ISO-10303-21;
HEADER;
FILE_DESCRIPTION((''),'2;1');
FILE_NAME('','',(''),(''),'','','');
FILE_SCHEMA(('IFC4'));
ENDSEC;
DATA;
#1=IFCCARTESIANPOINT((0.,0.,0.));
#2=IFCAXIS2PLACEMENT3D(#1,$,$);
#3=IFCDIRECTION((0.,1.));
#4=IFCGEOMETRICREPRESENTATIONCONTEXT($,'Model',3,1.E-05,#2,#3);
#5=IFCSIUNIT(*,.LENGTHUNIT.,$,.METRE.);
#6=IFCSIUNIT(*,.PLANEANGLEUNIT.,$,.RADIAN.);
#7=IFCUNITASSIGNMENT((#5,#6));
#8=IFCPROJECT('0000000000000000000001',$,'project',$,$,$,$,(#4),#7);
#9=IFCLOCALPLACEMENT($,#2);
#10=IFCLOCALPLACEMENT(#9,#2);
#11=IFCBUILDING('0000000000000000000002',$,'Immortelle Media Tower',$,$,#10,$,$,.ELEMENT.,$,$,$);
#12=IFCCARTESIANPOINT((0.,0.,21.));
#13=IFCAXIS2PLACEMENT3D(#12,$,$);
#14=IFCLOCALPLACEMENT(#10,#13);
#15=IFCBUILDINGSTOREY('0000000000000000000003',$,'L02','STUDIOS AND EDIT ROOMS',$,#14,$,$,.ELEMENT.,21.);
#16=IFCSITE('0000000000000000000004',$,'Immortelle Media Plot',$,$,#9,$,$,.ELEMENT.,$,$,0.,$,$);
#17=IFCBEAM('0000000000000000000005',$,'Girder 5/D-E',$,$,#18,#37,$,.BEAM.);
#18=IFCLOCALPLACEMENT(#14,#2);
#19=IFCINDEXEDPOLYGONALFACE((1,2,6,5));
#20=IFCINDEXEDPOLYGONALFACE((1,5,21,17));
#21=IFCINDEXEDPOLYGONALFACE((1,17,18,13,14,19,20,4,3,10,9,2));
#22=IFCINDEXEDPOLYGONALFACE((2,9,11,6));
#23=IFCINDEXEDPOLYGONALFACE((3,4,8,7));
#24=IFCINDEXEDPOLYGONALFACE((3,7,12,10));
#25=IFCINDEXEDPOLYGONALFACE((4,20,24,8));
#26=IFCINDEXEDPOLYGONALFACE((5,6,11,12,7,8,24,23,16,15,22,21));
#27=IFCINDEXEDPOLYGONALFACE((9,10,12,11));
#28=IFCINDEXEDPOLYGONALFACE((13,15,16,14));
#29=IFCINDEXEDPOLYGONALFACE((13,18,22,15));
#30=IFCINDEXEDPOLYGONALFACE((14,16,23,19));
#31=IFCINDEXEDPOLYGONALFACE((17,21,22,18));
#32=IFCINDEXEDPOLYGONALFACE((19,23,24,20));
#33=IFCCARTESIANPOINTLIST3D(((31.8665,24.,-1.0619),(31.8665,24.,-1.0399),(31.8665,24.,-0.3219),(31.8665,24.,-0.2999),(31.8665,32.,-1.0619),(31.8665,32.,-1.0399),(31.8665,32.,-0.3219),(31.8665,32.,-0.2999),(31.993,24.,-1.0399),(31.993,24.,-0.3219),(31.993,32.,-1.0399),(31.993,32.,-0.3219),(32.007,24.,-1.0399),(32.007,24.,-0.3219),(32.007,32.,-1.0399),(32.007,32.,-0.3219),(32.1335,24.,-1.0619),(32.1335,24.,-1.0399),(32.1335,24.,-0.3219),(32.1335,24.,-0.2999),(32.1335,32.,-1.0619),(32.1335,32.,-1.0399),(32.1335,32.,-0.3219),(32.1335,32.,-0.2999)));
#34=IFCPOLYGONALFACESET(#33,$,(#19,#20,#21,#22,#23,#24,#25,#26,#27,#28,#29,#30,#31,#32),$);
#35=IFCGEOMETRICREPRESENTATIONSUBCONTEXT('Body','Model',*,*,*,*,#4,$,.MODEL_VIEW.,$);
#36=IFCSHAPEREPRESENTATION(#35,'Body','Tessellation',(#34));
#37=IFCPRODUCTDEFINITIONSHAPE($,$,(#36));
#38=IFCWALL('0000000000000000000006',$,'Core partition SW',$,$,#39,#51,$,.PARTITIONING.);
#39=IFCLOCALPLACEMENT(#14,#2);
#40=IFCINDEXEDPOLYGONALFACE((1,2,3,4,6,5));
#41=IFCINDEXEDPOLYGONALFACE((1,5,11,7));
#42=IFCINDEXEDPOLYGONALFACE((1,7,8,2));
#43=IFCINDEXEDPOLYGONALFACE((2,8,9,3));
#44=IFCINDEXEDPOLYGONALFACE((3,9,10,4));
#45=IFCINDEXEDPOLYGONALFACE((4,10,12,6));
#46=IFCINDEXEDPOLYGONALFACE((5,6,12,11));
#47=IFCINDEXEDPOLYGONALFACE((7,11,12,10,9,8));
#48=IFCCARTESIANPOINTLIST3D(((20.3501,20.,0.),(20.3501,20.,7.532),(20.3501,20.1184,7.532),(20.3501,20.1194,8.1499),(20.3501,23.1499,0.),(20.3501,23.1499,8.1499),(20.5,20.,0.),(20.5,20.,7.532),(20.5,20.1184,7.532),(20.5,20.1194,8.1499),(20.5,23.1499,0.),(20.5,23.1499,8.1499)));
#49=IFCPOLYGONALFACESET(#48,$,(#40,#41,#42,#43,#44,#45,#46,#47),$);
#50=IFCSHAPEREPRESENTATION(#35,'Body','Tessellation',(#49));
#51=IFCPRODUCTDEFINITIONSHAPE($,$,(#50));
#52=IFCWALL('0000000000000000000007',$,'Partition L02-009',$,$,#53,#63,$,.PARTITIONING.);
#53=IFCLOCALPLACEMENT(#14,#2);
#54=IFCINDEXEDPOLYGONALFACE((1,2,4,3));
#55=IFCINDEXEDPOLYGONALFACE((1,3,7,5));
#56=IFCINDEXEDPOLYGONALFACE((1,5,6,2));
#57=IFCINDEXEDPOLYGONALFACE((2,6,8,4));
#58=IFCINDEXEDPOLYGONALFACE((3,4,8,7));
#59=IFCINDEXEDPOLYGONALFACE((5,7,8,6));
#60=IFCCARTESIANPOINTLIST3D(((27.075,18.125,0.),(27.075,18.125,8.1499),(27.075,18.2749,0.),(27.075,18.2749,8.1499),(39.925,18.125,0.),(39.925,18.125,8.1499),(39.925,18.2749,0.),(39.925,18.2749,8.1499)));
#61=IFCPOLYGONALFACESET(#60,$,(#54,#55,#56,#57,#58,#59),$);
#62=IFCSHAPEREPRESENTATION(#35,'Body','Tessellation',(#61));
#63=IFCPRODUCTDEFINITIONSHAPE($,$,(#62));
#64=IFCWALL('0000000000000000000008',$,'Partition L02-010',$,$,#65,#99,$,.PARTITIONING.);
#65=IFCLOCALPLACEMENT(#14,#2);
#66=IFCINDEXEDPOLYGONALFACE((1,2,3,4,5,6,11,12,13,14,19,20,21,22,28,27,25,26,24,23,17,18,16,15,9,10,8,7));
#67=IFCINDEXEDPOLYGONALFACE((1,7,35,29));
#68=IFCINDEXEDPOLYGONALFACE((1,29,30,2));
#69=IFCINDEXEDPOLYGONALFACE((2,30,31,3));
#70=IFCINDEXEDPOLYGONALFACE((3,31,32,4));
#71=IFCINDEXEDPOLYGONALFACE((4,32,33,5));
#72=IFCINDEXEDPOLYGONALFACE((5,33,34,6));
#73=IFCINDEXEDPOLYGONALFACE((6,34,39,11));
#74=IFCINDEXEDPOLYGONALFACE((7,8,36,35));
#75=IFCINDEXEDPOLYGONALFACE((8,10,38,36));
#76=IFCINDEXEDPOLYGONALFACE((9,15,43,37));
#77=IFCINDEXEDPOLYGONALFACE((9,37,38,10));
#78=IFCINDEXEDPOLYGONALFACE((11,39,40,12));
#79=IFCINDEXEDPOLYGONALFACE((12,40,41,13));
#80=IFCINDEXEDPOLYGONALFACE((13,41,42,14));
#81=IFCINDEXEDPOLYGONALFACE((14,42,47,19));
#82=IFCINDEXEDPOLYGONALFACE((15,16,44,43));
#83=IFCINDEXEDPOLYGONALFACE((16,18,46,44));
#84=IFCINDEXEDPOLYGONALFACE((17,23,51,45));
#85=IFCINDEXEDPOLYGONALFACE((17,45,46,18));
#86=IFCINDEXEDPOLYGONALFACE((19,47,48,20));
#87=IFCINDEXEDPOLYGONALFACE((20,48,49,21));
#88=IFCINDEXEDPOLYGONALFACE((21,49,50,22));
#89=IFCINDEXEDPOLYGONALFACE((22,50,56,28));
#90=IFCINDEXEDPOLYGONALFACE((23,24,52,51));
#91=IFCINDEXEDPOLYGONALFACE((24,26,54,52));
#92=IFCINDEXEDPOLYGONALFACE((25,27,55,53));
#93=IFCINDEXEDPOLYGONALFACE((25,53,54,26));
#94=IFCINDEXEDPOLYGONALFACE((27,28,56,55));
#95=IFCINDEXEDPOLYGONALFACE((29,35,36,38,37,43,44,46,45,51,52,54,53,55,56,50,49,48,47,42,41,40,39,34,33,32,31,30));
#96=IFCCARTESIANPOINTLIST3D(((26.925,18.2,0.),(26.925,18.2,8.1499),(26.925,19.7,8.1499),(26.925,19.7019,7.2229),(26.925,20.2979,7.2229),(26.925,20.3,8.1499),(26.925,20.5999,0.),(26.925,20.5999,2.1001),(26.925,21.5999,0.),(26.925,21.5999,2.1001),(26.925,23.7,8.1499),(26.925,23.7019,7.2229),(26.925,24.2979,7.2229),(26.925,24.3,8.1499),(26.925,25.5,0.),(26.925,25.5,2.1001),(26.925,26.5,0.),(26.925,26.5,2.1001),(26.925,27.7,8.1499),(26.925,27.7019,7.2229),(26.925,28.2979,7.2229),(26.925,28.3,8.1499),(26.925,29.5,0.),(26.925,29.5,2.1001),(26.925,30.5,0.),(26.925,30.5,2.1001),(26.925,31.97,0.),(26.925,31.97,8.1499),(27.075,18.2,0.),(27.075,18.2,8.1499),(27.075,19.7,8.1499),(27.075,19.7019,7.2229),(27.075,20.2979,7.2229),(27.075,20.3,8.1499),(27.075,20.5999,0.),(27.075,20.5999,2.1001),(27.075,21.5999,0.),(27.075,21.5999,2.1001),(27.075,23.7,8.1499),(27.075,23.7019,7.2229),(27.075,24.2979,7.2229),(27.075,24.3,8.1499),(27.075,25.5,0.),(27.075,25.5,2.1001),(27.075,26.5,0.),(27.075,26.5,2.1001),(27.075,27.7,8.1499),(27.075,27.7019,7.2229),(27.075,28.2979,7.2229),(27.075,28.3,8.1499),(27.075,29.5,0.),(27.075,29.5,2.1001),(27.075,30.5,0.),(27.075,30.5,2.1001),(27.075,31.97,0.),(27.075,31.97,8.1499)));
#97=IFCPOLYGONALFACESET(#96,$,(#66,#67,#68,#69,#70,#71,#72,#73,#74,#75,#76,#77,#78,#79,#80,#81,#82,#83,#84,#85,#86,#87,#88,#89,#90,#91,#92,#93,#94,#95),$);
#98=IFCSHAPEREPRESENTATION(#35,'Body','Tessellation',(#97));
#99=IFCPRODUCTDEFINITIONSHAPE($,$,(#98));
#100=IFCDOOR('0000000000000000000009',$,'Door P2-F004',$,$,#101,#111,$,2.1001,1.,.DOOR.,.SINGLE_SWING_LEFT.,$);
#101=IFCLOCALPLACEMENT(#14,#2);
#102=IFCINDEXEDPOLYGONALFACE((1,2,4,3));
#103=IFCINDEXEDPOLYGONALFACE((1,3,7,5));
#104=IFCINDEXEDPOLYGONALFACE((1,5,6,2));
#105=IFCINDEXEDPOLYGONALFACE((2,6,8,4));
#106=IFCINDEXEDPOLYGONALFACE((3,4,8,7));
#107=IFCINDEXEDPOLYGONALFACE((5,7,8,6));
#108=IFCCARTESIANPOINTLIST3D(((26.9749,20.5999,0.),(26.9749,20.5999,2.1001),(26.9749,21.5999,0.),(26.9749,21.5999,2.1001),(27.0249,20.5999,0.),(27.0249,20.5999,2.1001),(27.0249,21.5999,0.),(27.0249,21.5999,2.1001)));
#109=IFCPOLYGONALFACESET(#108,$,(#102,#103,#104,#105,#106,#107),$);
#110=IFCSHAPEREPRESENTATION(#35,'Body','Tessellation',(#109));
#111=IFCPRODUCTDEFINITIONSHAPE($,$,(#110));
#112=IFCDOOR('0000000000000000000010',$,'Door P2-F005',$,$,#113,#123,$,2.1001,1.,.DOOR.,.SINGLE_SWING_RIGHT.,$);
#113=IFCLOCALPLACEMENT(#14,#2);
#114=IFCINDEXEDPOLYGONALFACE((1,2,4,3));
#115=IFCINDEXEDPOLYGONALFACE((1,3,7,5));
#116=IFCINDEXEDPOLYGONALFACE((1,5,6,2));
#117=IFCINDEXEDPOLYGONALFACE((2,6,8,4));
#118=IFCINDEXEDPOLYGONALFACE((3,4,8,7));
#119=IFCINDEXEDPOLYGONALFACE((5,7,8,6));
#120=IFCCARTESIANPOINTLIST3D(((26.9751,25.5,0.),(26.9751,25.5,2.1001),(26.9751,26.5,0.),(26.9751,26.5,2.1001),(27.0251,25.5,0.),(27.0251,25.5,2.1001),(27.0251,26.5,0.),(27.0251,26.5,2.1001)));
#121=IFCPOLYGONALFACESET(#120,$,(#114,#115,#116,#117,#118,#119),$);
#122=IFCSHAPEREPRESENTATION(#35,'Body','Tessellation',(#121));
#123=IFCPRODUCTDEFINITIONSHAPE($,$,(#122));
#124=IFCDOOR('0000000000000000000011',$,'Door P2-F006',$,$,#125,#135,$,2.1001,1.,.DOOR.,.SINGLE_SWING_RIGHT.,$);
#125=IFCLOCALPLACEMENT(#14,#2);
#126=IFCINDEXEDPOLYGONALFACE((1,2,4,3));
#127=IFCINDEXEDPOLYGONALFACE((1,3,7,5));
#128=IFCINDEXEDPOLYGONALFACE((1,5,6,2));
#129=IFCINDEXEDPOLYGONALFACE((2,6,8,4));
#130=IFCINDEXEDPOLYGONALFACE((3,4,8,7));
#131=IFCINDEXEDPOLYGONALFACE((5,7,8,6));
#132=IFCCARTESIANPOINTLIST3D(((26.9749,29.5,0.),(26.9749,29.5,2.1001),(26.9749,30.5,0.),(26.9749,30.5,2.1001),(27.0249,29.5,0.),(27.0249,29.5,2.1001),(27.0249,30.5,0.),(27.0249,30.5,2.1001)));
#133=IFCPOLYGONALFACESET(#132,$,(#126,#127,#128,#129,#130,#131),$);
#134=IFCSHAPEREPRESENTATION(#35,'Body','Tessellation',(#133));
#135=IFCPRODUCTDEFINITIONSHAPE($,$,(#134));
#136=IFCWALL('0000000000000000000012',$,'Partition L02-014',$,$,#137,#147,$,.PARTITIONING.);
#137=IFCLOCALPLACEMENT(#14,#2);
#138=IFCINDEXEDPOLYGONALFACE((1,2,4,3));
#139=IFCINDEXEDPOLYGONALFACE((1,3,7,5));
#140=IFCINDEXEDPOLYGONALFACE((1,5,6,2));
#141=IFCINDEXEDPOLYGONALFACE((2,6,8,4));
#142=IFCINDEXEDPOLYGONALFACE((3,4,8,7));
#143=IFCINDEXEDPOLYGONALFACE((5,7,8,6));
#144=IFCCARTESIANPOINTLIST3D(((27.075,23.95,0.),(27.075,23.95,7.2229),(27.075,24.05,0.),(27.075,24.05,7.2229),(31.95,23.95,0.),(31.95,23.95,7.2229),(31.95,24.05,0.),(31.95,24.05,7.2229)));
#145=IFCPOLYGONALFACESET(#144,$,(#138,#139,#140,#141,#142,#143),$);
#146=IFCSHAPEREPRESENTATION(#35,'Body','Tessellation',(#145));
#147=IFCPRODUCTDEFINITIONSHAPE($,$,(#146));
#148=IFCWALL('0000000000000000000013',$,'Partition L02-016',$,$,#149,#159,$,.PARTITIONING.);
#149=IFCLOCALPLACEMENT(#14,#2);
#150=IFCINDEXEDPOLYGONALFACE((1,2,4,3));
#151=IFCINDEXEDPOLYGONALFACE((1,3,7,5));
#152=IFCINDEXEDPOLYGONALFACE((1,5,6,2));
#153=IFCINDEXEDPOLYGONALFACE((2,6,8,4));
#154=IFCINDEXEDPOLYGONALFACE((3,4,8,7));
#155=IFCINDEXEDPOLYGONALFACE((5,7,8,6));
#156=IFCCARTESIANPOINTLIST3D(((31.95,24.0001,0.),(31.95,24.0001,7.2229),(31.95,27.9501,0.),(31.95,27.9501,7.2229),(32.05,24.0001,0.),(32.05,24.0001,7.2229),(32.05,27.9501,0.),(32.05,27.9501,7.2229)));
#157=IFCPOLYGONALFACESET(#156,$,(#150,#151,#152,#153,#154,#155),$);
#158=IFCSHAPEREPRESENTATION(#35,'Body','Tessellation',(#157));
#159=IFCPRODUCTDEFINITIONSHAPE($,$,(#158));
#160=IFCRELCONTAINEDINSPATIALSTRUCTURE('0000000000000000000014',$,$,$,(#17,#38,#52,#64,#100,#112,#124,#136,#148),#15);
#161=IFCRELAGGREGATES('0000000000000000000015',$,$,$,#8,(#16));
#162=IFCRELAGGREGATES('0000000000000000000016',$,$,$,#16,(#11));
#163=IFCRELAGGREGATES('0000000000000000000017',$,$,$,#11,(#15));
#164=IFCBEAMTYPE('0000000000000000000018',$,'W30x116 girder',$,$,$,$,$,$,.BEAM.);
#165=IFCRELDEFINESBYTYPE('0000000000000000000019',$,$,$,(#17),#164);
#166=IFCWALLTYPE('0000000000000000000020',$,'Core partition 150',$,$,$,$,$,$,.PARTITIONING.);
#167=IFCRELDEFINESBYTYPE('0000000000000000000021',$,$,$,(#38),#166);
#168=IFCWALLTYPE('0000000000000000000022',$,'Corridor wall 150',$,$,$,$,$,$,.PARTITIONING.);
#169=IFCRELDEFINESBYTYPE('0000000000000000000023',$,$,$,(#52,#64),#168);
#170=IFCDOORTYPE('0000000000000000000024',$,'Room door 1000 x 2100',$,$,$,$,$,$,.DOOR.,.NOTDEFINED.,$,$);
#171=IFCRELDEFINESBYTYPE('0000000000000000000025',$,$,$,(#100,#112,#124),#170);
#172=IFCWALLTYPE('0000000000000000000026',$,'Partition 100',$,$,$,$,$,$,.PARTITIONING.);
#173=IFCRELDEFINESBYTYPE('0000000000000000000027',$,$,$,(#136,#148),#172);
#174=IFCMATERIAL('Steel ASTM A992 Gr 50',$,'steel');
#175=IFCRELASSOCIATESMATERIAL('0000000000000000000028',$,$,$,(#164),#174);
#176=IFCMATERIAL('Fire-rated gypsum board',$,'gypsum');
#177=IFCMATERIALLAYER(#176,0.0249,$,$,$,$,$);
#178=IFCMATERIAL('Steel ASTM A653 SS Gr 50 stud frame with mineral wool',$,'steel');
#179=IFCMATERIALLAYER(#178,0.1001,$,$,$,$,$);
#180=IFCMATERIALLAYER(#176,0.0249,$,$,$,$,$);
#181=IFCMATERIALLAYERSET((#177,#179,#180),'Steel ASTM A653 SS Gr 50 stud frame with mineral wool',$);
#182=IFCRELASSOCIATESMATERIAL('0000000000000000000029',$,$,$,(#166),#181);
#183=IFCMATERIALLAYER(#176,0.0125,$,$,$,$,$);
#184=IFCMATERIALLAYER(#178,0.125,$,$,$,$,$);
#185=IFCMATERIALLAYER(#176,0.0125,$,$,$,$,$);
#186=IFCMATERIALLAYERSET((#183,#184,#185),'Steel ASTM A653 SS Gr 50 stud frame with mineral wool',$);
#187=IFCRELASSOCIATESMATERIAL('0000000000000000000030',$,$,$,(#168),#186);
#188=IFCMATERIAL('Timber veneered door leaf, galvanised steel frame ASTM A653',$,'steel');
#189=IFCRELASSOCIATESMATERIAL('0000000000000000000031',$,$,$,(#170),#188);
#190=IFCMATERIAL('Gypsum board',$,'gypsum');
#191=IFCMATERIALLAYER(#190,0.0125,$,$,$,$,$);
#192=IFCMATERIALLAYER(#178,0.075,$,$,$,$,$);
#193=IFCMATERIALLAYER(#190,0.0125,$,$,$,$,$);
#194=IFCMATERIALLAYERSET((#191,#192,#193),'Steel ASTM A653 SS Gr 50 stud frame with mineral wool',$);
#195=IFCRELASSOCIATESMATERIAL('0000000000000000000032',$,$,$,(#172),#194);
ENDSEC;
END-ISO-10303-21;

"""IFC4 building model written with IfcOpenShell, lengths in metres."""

from ifc_helpers import new_model, si_unit, direction, frame, frame_2d, origin, origin_2d, place, context, subcontext, project, spatial, polyline, rectangle, i_section, outline, extrude, material, layer, layer_set, material_profile, profile_set, type_object, element, fill, save


model = new_model("IFC4")

# Units and contexts
model_context = context("Model", 3, precision=1e-05, world=origin(), true_north=direction((0.0, 1.0)))
body_context = subcontext(model_context, "Body", "Model", "MODEL_VIEW")
ifc_project = project(units=[si_unit("LENGTHUNIT", "METRE"), si_unit("PLANEANGLEUNIT", "RADIAN")], contexts=[model_context])

# Site, building, storey
site_placement = place(None, origin())
site = spatial("IfcSite", under=ifc_project, at=site_placement, Name="Immortelle Media Plot", CompositionType="ELEMENT", RefElevation=0.0)
building_placement = place(site_placement, origin())
building = spatial("IfcBuilding", under=site, at=building_placement, Name="Immortelle Media Tower", CompositionType="ELEMENT")
storey_placement = place(building_placement, frame((0.0, 0.0, 21.0)))
storey = spatial("IfcBuildingStorey", under=building, at=storey_placement, Name="L02", Description="STUDIOS AND EDIT ROOMS", CompositionType="ELEMENT", Elevation=21.0)

# Shared definitions
ifc_material_1 = material(Name="Steel ASTM A992 Gr 50", Category="steel")

# Beam
ifc_material_profile_1 = material_profile(ifc_material_1, i_section(OverallWidth=0.2671, OverallDepth=0.762, WebThickness=0.0139, FlangeThickness=0.022, at=origin_2d()), Name="W30x116")
ifc_profile_set_1 = profile_set([ifc_material_profile_1], Name="Steel ASTM A992 Gr 50")
beam_type_1 = type_object("IfcBeamType", Name="W30x116 girder", PredefinedType="BEAM", material=ifc_profile_set_1)
for number, where, z_axis, x_axis, name in (
    (1, (32.0, 24.0, -0.6809), (0.0, 1.0, 0.0), (-1.0, 0.0, 0.0), "Girder 5/D-E"),
):
    element("IfcBeam", number, at=place(storey_placement, frame(where, z_axis=z_axis, x_axis=x_axis)), inside=storey, type_object=beam_type_1, Name=name, PredefinedType="BEAM", context=body_context, shape_type="SweptSolid", body=[
        extrude(i_section(OverallWidth=0.2671, OverallDepth=0.762, WebThickness=0.0139, FlangeThickness=0.022, at=origin_2d()), origin(), (0.0, 0.0, 1.0), 8.0),
    ])

# Walls
ifc_material_2 = material(Name="Fire-rated gypsum board", Category="gypsum")
ifc_layer_1 = layer(ifc_material_2, 0.0249)
ifc_material_3 = material(Name="Steel ASTM A653 SS Gr 50 stud frame with mineral wool", Category="steel")
ifc_layer_2 = layer(ifc_material_3, 0.1001)
ifc_layer_3 = layer(ifc_material_2, 0.0249)
ifc_layer_set_1 = layer_set([ifc_layer_1, ifc_layer_2, ifc_layer_3], Name="Steel ASTM A653 SS Gr 50 stud frame with mineral wool")
wall_type_1 = type_object("IfcWallType", Name="Core partition 150", PredefinedType="PARTITIONING", material=ifc_layer_set_1)
wall_1_placement = place(storey_placement, frame((20.425, 20.0, 0.0), z_axis=(0.0, 0.0, 1.0), x_axis=(0.0, 1.0, 0.0)))
element("IfcWall", 2, at=wall_1_placement, inside=storey, type_object=wall_type_1, Name="Core partition SW", PredefinedType="PARTITIONING", context=body_context, shape_type="SweptSolid", body=[
    extrude(outline(polyline([(0.0, 0.0), (3.1499, 0.0), (3.1499, 8.1499), (0.1194, 8.1499), (0.1184, 7.532), (0.0, 7.532), (0.0, 0.0)])), frame((0.0, 0.075, 0.0), z_axis=(0.0, -1.0, 0.0), x_axis=(1.0, 0.0, 0.0)), (0.0, 0.0, 1.0), 0.1499),
])
ifc_layer_4 = layer(ifc_material_2, 0.0125)
ifc_layer_5 = layer(ifc_material_3, 0.125)
ifc_layer_6 = layer(ifc_material_2, 0.0125)
ifc_layer_set_2 = layer_set([ifc_layer_4, ifc_layer_5, ifc_layer_6], Name="Steel ASTM A653 SS Gr 50 stud frame with mineral wool")
wall_type_2 = type_object("IfcWallType", Name="Corridor wall 150", PredefinedType="PARTITIONING", material=ifc_layer_set_2)
wall_2_placement = place(storey_placement, frame((27.075, 18.2, 0.0), z_axis=(0.0, 0.0, 1.0), x_axis=(1.0, 0.0, 0.0)))
element("IfcWall", 3, at=wall_2_placement, inside=storey, type_object=wall_type_2, Name="Partition L02-009", PredefinedType="PARTITIONING", context=body_context, shape_type="SweptSolid", body=[
    extrude(rectangle(XDim=12.8501, YDim=0.1499, at=frame_2d((6.425, 0.0))), origin(), (0.0, 0.0, 1.0), 8.1499),
])

# Wall, openings, doors
wall_3_placement = place(storey_placement, frame((27.0, 18.2, 0.0), z_axis=(0.0, 0.0, 1.0), x_axis=(0.0, 1.0, 0.0)))
wall_3 = element("IfcWall", 4, at=wall_3_placement, inside=storey, type_object=wall_type_2, Name="Partition L02-010", PredefinedType="PARTITIONING", context=body_context, shape_type="SweptSolid", body=[
    extrude(outline(polyline([(0.0, 0.0), (13.77, 0.0), (13.77, 8.1499), (10.1001, 8.1499), (10.0979, 7.2229), (9.502, 7.2229), (9.5, 8.1499), (6.1001, 8.1499), (6.0979, 7.2229), (5.502, 7.2229), (5.5, 8.1499), (2.1001, 8.1499), (2.0979, 7.2229), (1.502, 7.2229), (1.5, 8.1499), (0.0, 8.1499), (0.0, 0.0)])), frame((0.0, 0.075, 0.0), z_axis=(0.0, -1.0, 0.0), x_axis=(1.0, 0.0, 0.0)), (0.0, 0.0, 1.0), 0.1499),
])
opening_1_placement = place(wall_3_placement, frame((3.3999, 0.0, 0.0), z_axis=(0.0, 0.0, 1.0), x_axis=(-1.0, 0.0, 0.0)))
opening_1 = element("IfcOpeningElement", 5, at=opening_1_placement, cuts=wall_3, PredefinedType="OPENING", context=body_context, shape_type="SweptSolid", body=[
    extrude(rectangle(XDim=1.0, YDim=2.1001, at=frame_2d((0.5, 1.05))), frame((0.0, 0.085, 0.0), z_axis=(0.0, -1.0, 0.0), x_axis=(1.0, 0.0, 0.0)), (0.0, 0.0, 1.0), 0.1699),
])
opening_2_placement = place(wall_3_placement, frame((7.3, 0.0, 0.0)))
opening_2 = element("IfcOpeningElement", 6, at=opening_2_placement, cuts=wall_3, PredefinedType="OPENING", context=body_context, shape_type="SweptSolid", body=[
    extrude(rectangle(XDim=1.0, YDim=2.1001, at=frame_2d((0.5, 1.05))), frame((0.0, 0.085, 0.0), z_axis=(0.0, -1.0, 0.0), x_axis=(1.0, 0.0, 0.0)), (0.0, 0.0, 1.0), 0.1699),
])
opening_3_placement = place(wall_3_placement, frame((12.3, 0.0, 0.0), z_axis=(0.0, 0.0, 1.0), x_axis=(-1.0, 0.0, 0.0)))
opening_3 = element("IfcOpeningElement", 7, at=opening_3_placement, cuts=wall_3, PredefinedType="OPENING", context=body_context, shape_type="SweptSolid", body=[
    extrude(rectangle(XDim=1.0, YDim=2.1001, at=frame_2d((0.5, 1.05))), frame((0.0, 0.085, 0.0), z_axis=(0.0, -1.0, 0.0), x_axis=(1.0, 0.0, 0.0)), (0.0, 0.0, 1.0), 0.1699),
])
ifc_material_4 = material(Name="Timber veneered door leaf, galvanised steel frame ASTM A653", Category="steel")
door_type = type_object("IfcDoorType", Name="Room door 1000 x 2100", OperationType="NOTDEFINED", PredefinedType="DOOR", material=ifc_material_4)
door_1_placement = place(opening_1_placement, origin())
door_1 = element("IfcDoor", 8, at=door_1_placement, inside=storey, type_object=door_type, Name="Door P2-F004", OperationType="SINGLE_SWING_LEFT", OverallHeight=2.1001, OverallWidth=1.0, PredefinedType="DOOR", context=body_context, shape_type="SweptSolid", body=[
    extrude(rectangle(XDim=1.0, YDim=2.1001, at=frame_2d((0.5, 1.05))), frame((0.0, 0.0249, 0.0), z_axis=(0.0, -1.0, 0.0), x_axis=(1.0, 0.0, 0.0)), (0.0, 0.0, 1.0), 0.05),
])
fill(opening_1, door_1)
door_2_placement = place(opening_2_placement, origin())
door_2 = element("IfcDoor", 9, at=door_2_placement, inside=storey, type_object=door_type, Name="Door P2-F005", OperationType="SINGLE_SWING_RIGHT", OverallHeight=2.1001, OverallWidth=1.0, PredefinedType="DOOR", context=body_context, shape_type="SweptSolid", body=[
    extrude(rectangle(XDim=1.0, YDim=2.1001, at=frame_2d((0.5, 1.05))), frame((0.0, 0.0249, 0.0), z_axis=(0.0, -1.0, 0.0), x_axis=(1.0, 0.0, 0.0)), (0.0, 0.0, 1.0), 0.05),
])
fill(opening_2, door_2)
door_3_placement = place(opening_3_placement, origin())
door_3 = element("IfcDoor", 10, at=door_3_placement, inside=storey, type_object=door_type, Name="Door P2-F006", OperationType="SINGLE_SWING_RIGHT", OverallHeight=2.1001, OverallWidth=1.0, PredefinedType="DOOR", context=body_context, shape_type="SweptSolid", body=[
    extrude(rectangle(XDim=1.0, YDim=2.1001, at=frame_2d((0.5, 1.05))), frame((0.0, 0.0249, 0.0), z_axis=(0.0, -1.0, 0.0), x_axis=(1.0, 0.0, 0.0)), (0.0, 0.0, 1.0), 0.05),
])
fill(opening_3, door_3)

# Walls
ifc_material_5 = material(Name="Gypsum board", Category="gypsum")
ifc_layer_7 = layer(ifc_material_5, 0.0125)
ifc_layer_8 = layer(ifc_material_3, 0.075)
ifc_layer_9 = layer(ifc_material_5, 0.0125)
ifc_layer_set_3 = layer_set([ifc_layer_7, ifc_layer_8, ifc_layer_9], Name="Steel ASTM A653 SS Gr 50 stud frame with mineral wool")
wall_type_3 = type_object("IfcWallType", Name="Partition 100", PredefinedType="PARTITIONING", material=ifc_layer_set_3)
wall_4_placement = place(storey_placement, frame((27.075, 24.0, 0.0), z_axis=(0.0, 0.0, 1.0), x_axis=(1.0, 0.0, 0.0)))
element("IfcWall", 11, at=wall_4_placement, inside=storey, type_object=wall_type_3, Name="Partition L02-014", PredefinedType="PARTITIONING", context=body_context, shape_type="SweptSolid", body=[
    extrude(rectangle(XDim=4.875, YDim=0.1001, at=frame_2d((2.4375, 0.0))), origin(), (0.0, 0.0, 1.0), 7.2229),
])
wall_5_placement = place(storey_placement, frame((32.0, 24.0, 0.0), z_axis=(0.0, 0.0, 1.0), x_axis=(0.0, 1.0, 0.0)))
element("IfcWall", 12, at=wall_5_placement, inside=storey, type_object=wall_type_3, Name="Partition L02-016", PredefinedType="PARTITIONING", context=body_context, shape_type="SweptSolid", body=[
    extrude(rectangle(XDim=3.95, YDim=0.1001, at=frame_2d((1.9751, 0.0))), origin(), (0.0, 0.0, 1.0), 7.2229),
])

save(model, "model.ifc")
